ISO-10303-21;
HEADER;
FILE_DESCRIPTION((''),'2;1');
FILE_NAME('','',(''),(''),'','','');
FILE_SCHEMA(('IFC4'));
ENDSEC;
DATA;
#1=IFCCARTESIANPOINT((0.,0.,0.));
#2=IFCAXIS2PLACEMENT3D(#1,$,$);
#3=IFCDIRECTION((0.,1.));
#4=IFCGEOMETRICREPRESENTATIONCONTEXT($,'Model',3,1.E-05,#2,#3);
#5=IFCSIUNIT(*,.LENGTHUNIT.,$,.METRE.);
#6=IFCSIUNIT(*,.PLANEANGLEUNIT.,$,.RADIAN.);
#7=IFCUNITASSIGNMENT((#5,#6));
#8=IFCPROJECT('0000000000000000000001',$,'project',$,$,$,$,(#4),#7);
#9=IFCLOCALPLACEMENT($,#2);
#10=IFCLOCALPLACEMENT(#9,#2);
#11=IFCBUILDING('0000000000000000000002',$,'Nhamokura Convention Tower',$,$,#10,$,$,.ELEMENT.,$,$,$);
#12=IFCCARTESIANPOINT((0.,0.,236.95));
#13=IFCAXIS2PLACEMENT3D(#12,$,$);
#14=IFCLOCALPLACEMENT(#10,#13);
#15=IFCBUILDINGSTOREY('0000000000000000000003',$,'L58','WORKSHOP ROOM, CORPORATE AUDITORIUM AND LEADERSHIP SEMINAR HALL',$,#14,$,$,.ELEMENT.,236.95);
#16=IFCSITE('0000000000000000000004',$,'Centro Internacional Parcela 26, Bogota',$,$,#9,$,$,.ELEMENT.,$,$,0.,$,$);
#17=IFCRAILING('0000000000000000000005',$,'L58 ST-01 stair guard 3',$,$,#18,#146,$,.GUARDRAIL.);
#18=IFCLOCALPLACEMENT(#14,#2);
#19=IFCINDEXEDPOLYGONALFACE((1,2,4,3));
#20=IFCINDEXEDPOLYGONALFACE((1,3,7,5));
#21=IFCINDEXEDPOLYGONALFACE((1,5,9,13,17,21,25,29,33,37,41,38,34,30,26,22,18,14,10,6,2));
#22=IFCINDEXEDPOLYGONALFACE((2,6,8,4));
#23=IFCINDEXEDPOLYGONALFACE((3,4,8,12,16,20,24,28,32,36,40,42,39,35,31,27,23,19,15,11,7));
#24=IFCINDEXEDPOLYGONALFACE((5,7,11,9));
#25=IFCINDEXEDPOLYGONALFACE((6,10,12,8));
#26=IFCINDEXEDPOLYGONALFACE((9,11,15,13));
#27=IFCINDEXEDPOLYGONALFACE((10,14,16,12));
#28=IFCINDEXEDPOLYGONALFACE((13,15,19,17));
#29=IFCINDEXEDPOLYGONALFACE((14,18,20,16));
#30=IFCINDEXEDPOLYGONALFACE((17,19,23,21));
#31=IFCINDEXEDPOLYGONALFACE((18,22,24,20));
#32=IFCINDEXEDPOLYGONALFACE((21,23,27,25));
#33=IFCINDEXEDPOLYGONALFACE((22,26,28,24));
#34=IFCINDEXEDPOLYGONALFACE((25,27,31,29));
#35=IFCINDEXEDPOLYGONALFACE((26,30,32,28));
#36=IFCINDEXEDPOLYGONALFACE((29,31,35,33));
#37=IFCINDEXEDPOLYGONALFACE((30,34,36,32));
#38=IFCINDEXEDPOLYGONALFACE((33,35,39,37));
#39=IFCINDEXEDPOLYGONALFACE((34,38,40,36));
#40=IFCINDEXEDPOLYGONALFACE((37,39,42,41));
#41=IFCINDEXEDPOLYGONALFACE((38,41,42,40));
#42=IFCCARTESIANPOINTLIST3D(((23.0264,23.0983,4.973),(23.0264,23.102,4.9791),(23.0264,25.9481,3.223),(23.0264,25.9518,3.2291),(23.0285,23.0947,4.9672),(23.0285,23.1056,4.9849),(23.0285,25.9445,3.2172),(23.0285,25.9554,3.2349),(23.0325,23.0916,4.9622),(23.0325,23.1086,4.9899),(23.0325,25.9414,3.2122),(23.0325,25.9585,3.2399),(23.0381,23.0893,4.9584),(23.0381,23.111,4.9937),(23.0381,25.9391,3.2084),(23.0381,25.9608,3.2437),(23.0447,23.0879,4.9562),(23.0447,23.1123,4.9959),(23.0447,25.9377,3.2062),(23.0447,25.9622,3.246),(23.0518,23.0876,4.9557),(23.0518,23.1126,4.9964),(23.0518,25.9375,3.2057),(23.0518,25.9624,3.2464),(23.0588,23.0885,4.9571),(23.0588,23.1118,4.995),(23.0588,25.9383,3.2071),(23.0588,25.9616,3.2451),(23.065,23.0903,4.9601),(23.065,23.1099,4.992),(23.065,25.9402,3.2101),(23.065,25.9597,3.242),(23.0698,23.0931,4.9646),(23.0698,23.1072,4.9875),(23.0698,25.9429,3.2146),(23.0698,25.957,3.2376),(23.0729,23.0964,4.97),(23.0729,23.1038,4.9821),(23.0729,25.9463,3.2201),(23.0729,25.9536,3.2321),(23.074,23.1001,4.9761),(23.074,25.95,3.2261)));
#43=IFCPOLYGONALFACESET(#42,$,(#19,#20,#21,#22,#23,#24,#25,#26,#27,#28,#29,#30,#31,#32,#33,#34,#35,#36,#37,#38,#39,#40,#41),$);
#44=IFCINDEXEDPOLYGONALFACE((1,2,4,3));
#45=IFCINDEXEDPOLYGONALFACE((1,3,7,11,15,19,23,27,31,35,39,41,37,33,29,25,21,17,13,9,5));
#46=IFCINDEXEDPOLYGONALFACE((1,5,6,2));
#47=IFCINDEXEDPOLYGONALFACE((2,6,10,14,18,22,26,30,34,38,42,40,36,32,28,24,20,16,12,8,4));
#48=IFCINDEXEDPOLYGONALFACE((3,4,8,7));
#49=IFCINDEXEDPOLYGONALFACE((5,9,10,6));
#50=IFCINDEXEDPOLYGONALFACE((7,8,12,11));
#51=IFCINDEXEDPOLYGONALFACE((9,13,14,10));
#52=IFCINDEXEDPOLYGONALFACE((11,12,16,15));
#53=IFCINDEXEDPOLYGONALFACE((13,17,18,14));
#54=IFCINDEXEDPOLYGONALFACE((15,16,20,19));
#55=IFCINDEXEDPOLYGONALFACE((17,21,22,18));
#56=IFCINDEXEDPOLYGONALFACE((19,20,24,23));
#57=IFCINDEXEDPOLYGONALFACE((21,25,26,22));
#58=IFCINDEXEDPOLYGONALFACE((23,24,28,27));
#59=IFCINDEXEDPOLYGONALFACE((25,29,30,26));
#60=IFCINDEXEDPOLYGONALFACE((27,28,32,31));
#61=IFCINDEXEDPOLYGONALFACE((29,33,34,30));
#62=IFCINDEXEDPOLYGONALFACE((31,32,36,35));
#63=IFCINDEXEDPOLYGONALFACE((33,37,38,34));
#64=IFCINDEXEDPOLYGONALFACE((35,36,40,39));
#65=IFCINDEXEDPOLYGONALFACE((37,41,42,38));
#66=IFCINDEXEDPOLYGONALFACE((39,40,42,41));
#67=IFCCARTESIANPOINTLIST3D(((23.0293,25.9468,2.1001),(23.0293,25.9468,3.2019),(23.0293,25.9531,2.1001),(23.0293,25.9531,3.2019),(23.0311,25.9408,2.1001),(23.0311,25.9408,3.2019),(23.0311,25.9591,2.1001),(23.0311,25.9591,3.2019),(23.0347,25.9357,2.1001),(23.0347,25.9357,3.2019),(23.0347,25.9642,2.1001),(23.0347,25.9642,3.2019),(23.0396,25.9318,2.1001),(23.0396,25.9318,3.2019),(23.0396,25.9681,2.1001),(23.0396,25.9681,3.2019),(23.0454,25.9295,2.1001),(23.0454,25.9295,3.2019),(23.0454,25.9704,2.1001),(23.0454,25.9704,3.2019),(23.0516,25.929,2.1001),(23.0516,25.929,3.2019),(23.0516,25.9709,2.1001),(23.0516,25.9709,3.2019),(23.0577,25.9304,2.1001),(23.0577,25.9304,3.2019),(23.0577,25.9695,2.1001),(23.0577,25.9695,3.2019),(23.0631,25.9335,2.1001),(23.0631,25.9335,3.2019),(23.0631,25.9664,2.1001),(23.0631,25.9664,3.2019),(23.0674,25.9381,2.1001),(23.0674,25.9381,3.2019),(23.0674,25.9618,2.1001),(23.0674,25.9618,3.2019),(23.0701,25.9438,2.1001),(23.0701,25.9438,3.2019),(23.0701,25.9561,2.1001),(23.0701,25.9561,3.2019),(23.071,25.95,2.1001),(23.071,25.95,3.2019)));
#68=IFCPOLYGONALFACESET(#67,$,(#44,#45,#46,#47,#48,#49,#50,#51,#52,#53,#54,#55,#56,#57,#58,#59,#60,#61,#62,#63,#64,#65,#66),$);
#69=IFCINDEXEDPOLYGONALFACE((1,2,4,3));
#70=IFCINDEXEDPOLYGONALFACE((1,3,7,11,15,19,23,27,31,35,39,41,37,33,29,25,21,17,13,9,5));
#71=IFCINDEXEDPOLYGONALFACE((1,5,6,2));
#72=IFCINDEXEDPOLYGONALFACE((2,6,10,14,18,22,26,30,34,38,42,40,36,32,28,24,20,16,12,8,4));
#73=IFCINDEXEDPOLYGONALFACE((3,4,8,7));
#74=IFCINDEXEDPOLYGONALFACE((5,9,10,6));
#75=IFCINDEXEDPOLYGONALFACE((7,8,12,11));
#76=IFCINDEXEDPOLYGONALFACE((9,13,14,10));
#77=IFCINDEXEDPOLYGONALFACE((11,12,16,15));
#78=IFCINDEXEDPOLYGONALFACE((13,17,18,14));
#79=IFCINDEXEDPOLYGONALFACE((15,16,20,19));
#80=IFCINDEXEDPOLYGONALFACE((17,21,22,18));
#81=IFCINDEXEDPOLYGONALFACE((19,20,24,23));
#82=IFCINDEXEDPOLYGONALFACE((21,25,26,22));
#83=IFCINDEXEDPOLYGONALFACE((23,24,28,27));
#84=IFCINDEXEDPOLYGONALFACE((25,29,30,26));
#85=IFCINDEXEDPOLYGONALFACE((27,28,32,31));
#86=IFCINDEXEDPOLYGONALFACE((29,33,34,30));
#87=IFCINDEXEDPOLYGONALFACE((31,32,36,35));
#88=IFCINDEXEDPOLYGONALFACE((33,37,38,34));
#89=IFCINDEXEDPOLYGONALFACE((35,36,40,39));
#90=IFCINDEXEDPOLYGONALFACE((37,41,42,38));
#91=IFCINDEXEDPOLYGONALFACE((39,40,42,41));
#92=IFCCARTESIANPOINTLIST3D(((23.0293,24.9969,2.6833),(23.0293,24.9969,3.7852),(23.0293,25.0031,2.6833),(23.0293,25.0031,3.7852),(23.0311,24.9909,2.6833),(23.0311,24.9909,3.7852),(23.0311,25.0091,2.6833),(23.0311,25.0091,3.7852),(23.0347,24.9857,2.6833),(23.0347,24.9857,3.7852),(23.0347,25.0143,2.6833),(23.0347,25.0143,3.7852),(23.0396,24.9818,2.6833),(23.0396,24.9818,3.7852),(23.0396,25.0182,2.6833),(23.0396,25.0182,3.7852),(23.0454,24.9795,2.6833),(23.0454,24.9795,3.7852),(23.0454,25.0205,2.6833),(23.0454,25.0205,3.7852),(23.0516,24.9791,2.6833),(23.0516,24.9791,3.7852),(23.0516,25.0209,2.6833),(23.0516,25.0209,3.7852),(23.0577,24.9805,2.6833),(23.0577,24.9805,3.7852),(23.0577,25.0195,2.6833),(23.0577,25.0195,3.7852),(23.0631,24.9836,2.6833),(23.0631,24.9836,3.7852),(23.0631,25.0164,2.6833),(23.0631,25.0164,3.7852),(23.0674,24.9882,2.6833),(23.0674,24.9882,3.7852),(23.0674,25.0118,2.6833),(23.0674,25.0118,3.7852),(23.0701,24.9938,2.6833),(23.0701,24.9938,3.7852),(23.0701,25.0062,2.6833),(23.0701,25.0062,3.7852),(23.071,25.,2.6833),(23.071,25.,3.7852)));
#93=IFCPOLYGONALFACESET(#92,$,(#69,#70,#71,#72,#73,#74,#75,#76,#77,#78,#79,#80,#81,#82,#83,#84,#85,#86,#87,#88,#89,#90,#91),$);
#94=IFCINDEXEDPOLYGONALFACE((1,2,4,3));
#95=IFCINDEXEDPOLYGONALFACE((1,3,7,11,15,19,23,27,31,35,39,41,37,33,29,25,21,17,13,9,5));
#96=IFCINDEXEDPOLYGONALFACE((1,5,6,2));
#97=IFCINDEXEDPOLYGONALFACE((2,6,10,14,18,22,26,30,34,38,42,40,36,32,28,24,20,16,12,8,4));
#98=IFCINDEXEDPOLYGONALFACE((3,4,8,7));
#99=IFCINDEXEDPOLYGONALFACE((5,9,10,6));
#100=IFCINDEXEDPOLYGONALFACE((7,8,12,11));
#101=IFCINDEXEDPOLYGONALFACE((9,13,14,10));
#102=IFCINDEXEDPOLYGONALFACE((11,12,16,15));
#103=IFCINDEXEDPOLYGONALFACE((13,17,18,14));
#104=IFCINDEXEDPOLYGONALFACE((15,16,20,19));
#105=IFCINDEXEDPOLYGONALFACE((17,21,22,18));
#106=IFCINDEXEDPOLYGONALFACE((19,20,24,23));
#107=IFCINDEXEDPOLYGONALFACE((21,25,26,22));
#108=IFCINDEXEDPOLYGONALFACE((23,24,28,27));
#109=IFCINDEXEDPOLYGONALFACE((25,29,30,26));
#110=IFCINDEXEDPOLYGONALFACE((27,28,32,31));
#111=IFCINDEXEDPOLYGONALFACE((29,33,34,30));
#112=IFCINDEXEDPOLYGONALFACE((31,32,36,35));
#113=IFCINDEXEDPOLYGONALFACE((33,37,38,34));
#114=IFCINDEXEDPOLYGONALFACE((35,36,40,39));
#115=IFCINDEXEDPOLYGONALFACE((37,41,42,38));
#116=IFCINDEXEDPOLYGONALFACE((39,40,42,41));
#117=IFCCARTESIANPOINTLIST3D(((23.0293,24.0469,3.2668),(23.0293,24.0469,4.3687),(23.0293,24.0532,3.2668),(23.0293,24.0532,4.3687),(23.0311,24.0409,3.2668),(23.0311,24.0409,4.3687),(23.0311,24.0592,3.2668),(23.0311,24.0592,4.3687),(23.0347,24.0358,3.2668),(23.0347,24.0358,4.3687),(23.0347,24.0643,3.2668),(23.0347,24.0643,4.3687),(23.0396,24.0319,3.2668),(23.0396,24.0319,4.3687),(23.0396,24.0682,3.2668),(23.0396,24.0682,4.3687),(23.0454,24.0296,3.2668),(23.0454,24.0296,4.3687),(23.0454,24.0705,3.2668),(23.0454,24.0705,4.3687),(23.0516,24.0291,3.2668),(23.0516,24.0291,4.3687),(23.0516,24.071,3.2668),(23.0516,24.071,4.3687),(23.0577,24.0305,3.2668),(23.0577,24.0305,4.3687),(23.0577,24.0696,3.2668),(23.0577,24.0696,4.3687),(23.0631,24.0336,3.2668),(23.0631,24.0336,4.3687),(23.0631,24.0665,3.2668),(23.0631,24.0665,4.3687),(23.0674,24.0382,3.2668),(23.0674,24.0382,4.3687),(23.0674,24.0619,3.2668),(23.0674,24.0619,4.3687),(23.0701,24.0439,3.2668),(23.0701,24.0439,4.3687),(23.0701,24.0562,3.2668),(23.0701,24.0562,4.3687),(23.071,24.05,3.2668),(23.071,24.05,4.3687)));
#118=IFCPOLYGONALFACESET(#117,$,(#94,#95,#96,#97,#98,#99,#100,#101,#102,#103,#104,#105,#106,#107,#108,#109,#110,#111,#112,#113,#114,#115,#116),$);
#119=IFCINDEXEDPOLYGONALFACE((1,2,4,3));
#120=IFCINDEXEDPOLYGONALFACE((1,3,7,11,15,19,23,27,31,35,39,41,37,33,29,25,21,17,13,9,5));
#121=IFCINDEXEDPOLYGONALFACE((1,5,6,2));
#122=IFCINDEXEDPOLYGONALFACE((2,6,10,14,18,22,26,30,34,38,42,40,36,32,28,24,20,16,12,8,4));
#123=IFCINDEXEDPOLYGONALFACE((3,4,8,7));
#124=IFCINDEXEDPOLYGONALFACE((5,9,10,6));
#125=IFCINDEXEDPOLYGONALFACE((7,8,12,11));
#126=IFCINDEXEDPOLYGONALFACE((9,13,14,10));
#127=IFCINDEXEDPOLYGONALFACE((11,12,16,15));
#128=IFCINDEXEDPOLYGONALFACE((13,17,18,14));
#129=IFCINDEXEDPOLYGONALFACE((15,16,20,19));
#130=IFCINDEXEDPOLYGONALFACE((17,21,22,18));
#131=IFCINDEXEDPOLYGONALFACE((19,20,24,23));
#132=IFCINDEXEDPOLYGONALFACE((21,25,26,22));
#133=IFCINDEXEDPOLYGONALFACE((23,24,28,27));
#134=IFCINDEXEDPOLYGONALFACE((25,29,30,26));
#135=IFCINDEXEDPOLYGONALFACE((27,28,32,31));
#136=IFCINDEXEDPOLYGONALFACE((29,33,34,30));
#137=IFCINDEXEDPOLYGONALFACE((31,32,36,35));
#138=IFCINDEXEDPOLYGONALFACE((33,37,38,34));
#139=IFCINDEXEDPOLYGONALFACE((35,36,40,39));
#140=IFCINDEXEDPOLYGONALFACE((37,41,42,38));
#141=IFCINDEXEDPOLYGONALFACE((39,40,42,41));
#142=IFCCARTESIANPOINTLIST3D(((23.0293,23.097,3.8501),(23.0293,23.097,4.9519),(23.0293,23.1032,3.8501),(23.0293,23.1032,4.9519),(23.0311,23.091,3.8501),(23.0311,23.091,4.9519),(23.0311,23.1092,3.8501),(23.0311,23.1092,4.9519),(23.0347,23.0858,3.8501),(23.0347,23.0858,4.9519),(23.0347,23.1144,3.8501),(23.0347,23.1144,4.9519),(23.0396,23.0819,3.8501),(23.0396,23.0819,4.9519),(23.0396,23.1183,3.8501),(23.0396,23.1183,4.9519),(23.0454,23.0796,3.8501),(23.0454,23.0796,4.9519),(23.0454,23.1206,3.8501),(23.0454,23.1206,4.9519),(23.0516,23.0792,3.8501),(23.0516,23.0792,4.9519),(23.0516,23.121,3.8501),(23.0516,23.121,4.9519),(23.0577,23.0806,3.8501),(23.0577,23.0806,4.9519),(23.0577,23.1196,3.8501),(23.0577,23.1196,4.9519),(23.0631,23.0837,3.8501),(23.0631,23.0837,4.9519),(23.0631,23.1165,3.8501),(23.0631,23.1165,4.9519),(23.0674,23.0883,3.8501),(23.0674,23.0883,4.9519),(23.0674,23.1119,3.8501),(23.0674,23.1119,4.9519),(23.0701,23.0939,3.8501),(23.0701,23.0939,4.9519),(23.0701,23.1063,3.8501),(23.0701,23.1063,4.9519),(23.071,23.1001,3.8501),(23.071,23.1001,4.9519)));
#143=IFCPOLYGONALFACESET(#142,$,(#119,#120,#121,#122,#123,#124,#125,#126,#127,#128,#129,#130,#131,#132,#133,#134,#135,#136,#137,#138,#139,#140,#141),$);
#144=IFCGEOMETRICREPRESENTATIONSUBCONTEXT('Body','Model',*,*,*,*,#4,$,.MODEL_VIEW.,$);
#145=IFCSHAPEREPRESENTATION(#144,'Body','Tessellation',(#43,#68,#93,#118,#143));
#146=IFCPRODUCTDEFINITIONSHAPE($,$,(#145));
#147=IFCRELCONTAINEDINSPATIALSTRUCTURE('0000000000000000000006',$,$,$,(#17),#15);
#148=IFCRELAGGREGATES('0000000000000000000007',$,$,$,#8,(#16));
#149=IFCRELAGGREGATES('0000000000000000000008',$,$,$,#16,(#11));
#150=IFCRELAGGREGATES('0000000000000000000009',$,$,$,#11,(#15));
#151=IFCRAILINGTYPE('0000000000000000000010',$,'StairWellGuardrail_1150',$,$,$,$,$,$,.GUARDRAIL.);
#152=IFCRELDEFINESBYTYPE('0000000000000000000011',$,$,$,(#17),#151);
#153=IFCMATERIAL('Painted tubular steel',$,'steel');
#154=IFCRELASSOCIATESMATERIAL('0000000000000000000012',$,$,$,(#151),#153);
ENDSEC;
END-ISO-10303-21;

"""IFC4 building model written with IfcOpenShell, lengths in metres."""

from ifc_helpers import new_model, si_unit, direction, frame, origin, origin_2d, place, context, subcontext, project, spatial, circle, extrude, material, type_object, element, save


model = new_model("IFC4")

# Units and contexts
model_context = context("Model", 3, precision=1e-05, world=origin(), true_north=direction((0.0, 1.0)))
body_context = subcontext(model_context, "Body", "Model", "MODEL_VIEW")
ifc_project = project(units=[si_unit("LENGTHUNIT", "METRE"), si_unit("PLANEANGLEUNIT", "RADIAN")], contexts=[model_context])

# Site, building, storey
site_placement = place(None, origin())
site = spatial("IfcSite", under=ifc_project, at=site_placement, Name="Centro Internacional Parcela 26, Bogota", CompositionType="ELEMENT", RefElevation=0.0)
building_placement = place(site_placement, origin())
building = spatial("IfcBuilding", under=site, at=building_placement, Name="Nhamokura Convention Tower", CompositionType="ELEMENT")
storey_placement = place(building_placement, frame((0.0, 0.0, 236.95)))
storey = spatial("IfcBuildingStorey", under=building, at=storey_placement, Name="L58", Description="WORKSHOP ROOM, CORPORATE AUDITORIUM AND LEADERSHIP SEMINAR HALL", CompositionType="ELEMENT", Elevation=236.95)

# Railing
ifc_material_1 = material(Name="Painted tubular steel", Category="steel")
railing_type_1 = type_object("IfcRailingType", Name="StairWellGuardrail_1150", PredefinedType="GUARDRAIL", material=ifc_material_1)
railing_1_placement = place(storey_placement, frame((23.05, 25.95, 2.1001)))
element("IfcRailing", 1, at=railing_1_placement, inside=storey, type_object=railing_type_1, Name="L58 ST-01 stair guard 3", PredefinedType="GUARDRAIL", context=body_context, shape_type="SweptSolid", body=[
    extrude(circle(Radius=0.0239, at=origin_2d()), frame((0.0, 0.0, 1.126), z_axis=(0.0, -0.852159, 0.523283), x_axis=(1.0, 0.0, 0.0)), (0.0, 0.0, 1.0), 3.3442),
    extrude(circle(Radius=0.021, at=origin_2d()), origin(), (0.0, 0.0, 1.0), 1.1018),
    extrude(circle(Radius=0.021, at=origin_2d()), frame((0.0, -0.95, 0.5833)), (0.0, 0.0, 1.0), 1.1018),
    extrude(circle(Radius=0.021, at=origin_2d()), frame((0.0, -1.8999, 1.1667)), (0.0, 0.0, 1.0), 1.1018),
    extrude(circle(Radius=0.021, at=origin_2d()), frame((0.0, -2.8499, 1.75)), (0.0, 0.0, 1.0), 1.1018),
])

save(model, "model.ifc")
